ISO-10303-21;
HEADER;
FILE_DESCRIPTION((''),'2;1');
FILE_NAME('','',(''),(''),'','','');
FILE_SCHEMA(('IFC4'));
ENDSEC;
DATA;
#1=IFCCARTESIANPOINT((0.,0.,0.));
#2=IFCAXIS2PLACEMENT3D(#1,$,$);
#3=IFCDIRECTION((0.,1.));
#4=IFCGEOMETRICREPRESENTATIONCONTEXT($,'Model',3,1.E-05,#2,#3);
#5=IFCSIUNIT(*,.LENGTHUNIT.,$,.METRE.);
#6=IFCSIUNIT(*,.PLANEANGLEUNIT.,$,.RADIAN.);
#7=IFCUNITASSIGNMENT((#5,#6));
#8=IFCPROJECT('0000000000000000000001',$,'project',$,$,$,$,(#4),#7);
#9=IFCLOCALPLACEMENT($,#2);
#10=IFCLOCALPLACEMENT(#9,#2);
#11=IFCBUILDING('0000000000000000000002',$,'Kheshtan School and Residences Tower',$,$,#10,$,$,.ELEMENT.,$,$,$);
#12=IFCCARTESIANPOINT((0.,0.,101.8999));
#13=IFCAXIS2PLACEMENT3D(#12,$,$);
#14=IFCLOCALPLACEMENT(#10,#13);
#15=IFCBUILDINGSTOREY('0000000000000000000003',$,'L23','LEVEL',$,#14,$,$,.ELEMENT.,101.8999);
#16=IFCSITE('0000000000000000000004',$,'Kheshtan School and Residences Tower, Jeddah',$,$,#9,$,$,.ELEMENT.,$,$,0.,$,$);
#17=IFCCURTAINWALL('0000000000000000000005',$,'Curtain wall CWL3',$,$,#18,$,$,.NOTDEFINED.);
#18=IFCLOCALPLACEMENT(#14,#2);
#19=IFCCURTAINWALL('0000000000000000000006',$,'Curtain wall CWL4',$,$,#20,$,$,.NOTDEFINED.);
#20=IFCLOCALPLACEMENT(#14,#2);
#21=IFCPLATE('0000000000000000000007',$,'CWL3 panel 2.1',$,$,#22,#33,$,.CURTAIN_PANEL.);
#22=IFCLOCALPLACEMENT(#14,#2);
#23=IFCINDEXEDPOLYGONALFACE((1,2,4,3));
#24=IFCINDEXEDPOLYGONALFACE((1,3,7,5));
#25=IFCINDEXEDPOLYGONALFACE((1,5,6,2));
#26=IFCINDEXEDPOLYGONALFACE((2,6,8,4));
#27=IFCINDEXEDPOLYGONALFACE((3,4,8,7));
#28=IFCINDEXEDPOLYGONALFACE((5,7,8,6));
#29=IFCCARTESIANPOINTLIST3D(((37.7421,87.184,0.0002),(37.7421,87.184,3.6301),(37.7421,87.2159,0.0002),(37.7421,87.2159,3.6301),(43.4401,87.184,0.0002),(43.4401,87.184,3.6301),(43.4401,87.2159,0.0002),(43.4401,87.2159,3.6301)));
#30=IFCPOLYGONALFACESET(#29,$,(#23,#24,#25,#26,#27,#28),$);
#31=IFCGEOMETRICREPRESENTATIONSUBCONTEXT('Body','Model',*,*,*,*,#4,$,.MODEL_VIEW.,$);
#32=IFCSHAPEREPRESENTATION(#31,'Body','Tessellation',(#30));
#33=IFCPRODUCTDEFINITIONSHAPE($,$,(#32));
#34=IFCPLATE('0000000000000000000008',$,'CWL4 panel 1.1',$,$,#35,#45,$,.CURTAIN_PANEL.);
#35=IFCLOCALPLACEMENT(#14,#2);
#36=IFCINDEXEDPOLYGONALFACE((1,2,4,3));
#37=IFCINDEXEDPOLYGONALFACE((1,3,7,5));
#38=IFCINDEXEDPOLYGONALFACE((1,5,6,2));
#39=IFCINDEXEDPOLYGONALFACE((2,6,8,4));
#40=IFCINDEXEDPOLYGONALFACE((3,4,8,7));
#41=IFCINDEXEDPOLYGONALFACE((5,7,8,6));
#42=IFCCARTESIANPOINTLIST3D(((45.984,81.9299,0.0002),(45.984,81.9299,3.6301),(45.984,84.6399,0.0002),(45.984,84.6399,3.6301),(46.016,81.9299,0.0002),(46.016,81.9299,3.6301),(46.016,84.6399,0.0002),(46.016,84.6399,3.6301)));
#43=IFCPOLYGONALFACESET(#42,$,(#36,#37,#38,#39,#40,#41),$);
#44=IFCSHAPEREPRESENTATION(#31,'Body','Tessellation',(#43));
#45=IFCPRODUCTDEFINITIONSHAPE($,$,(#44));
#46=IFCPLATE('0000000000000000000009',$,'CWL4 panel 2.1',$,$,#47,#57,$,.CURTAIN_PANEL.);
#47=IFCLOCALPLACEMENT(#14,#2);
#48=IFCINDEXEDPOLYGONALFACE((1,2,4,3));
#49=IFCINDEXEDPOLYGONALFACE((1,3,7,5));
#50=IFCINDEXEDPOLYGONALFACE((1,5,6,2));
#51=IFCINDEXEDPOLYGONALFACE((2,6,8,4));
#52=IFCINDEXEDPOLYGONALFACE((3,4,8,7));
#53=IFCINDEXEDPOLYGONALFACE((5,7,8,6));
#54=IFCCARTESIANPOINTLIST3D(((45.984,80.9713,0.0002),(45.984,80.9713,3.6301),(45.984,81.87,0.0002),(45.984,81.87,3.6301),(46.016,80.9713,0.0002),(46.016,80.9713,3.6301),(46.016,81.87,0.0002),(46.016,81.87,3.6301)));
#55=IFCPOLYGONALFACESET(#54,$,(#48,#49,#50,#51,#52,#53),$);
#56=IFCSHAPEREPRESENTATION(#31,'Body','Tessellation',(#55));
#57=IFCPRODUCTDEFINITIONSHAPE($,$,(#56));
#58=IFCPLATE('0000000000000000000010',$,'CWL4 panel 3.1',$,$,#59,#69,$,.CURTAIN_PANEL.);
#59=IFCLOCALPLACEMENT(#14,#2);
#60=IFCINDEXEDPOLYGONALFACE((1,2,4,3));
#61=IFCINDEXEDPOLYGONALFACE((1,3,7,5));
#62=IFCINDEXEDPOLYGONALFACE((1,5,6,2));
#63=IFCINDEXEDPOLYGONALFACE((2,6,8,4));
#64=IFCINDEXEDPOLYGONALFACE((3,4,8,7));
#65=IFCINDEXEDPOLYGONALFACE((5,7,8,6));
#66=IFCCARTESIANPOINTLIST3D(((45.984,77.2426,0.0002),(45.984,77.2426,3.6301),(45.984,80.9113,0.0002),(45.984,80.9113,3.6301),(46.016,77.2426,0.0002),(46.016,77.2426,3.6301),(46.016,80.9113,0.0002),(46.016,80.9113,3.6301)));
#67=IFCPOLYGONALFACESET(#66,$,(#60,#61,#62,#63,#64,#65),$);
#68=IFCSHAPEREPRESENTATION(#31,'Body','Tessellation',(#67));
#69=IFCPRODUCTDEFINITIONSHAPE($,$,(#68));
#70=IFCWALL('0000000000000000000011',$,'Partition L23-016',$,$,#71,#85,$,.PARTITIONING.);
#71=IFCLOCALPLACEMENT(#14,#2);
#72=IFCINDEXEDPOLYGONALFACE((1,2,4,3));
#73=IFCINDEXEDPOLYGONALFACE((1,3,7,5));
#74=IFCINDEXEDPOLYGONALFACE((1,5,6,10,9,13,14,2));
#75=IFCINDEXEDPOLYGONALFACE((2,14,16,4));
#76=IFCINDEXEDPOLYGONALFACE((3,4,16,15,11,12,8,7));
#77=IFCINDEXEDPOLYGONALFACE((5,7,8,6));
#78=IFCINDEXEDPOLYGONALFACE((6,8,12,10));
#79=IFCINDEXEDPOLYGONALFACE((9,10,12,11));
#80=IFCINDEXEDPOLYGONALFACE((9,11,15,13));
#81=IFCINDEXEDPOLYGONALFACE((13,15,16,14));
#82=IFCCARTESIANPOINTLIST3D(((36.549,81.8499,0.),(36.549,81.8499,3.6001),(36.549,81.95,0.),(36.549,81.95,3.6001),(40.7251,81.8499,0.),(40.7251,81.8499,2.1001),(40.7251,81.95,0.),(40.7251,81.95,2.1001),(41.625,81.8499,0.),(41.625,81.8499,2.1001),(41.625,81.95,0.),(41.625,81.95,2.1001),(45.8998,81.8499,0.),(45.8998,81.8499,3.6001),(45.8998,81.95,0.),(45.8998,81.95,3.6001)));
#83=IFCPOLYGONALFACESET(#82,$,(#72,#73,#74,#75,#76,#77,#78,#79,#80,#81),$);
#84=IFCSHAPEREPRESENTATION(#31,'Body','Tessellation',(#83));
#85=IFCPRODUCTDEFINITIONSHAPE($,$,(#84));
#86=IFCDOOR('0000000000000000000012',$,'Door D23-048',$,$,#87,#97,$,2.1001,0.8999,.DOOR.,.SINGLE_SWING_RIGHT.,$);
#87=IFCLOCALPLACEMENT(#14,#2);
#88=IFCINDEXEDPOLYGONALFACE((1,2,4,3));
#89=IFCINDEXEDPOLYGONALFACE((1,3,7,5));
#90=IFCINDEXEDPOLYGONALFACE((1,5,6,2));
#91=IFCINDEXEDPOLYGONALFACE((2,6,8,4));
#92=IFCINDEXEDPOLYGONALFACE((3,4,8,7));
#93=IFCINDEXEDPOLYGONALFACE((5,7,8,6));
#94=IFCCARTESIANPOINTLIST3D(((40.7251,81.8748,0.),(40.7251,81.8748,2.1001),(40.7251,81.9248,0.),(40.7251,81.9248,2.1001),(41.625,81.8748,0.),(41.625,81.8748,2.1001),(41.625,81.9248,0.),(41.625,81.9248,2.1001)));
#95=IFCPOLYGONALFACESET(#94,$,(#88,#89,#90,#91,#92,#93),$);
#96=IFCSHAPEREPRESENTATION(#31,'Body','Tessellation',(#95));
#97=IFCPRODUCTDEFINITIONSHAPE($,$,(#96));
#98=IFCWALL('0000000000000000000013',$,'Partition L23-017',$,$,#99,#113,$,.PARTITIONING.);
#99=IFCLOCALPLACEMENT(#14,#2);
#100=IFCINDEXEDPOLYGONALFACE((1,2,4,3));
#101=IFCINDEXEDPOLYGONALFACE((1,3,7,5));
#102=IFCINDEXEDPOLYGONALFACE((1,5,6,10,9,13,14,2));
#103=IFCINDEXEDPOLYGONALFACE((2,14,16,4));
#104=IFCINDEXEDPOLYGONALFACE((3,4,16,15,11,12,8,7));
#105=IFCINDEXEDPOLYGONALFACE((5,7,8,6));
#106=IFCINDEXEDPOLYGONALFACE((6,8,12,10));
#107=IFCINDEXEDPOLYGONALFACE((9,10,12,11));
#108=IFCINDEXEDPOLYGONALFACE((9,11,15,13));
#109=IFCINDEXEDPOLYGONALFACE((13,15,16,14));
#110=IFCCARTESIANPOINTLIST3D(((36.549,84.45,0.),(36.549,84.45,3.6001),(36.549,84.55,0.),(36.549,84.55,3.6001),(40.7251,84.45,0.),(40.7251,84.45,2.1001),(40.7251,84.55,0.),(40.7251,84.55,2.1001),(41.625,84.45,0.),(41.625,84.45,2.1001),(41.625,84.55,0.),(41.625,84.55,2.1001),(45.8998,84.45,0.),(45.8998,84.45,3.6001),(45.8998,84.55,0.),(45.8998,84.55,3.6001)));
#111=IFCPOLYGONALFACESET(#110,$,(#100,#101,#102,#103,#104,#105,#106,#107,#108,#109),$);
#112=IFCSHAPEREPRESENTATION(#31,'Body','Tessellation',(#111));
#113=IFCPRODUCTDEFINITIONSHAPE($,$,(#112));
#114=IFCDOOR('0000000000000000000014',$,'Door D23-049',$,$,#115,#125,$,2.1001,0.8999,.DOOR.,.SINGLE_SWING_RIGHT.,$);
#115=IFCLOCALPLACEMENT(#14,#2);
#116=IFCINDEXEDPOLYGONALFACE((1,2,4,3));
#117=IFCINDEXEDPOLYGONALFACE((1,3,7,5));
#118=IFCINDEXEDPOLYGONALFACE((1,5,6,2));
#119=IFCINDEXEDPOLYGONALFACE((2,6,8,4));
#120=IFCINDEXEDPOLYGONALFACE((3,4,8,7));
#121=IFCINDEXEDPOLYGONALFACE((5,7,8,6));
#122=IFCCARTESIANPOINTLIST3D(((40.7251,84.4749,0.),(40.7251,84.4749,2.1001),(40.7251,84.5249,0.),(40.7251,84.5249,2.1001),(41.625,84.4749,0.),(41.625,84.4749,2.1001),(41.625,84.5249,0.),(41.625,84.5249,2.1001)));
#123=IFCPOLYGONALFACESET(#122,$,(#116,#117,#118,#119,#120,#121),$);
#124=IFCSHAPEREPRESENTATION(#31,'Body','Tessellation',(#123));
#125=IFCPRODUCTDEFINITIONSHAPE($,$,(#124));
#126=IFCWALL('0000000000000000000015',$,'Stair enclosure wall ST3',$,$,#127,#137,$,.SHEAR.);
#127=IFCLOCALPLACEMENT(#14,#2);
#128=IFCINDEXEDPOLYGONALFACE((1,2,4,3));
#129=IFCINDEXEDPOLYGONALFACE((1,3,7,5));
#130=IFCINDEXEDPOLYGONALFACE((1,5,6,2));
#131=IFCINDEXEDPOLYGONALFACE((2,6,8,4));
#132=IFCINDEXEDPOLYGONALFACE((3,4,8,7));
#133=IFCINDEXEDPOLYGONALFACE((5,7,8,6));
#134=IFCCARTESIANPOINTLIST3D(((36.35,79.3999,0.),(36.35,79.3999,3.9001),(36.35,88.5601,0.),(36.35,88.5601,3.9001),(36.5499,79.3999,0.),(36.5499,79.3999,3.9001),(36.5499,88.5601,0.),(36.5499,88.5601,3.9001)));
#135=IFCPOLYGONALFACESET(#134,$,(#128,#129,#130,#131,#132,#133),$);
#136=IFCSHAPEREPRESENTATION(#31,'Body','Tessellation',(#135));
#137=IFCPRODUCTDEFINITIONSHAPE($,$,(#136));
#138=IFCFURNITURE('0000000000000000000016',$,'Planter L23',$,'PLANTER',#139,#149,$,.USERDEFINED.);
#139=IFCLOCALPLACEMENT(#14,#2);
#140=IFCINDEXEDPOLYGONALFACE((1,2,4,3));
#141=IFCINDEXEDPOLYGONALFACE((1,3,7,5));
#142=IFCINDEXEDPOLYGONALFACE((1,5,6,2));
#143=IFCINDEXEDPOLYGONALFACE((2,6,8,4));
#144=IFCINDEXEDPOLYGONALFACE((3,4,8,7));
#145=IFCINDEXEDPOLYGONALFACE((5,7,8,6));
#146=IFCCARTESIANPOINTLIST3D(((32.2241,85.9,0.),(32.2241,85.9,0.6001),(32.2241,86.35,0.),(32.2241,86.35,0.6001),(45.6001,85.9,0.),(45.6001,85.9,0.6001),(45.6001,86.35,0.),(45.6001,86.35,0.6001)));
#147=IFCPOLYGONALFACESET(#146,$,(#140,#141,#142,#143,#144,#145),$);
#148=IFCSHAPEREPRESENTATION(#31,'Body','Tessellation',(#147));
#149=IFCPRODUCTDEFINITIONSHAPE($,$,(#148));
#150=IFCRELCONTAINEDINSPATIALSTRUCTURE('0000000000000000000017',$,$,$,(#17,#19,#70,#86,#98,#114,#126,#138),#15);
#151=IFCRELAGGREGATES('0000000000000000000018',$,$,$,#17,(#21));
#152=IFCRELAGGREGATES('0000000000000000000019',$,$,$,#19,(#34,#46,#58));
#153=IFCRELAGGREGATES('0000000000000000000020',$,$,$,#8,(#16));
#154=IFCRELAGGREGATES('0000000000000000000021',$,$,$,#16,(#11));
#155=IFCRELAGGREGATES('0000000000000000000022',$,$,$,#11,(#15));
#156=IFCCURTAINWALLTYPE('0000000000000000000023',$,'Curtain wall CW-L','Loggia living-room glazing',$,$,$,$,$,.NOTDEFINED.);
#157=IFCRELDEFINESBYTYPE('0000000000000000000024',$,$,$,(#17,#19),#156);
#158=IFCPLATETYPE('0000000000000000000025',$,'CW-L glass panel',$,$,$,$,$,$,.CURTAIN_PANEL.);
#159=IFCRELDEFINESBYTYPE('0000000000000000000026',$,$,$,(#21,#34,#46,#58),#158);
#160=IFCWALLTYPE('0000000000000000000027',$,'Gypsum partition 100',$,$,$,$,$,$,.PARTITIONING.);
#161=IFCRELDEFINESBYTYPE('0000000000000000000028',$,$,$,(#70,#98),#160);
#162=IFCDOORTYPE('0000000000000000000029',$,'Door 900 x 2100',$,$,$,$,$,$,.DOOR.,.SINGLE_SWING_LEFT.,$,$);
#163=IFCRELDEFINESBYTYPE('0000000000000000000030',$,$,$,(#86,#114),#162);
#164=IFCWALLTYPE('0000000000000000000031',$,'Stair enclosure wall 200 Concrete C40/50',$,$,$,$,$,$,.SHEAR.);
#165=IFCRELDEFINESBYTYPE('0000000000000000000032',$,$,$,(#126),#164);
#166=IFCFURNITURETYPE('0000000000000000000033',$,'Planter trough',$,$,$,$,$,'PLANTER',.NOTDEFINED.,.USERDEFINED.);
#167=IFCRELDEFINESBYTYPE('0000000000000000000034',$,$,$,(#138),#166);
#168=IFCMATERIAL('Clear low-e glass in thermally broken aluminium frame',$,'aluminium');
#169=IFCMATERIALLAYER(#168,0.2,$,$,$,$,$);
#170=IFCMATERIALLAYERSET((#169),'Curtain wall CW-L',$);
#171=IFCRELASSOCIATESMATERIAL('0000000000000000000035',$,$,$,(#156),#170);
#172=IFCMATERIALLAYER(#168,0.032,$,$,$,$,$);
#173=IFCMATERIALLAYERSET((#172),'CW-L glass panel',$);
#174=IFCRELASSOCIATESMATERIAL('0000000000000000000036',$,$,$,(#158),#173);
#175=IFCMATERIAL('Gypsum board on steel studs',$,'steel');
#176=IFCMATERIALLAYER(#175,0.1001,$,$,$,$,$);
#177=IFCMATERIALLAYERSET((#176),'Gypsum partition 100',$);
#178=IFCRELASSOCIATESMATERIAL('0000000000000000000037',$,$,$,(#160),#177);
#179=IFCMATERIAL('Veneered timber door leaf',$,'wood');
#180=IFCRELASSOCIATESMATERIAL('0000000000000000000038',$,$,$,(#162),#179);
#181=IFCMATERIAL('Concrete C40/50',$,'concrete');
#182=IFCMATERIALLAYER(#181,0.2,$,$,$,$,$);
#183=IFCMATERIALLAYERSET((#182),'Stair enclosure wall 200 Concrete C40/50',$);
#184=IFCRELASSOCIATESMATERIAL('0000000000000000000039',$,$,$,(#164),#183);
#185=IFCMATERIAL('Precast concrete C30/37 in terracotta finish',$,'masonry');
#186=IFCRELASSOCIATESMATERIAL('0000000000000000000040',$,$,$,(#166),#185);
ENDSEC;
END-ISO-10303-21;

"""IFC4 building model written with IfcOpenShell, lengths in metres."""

from ifc_helpers import new_model, si_unit, direction, frame, frame_2d, origin, origin_2d, place, context, subcontext, project, spatial, rectangle, extrude, source, transform, mapped, material, layer, layer_set, type_object, element, fill, aggregate, save


model = new_model("IFC4")

# Units and contexts
model_context = context("Model", 3, precision=1e-05, world=origin(), true_north=direction((0.0, 1.0)))
body_context = subcontext(model_context, "Body", "Model", "MODEL_VIEW")
ifc_project = project(units=[si_unit("LENGTHUNIT", "METRE"), si_unit("PLANEANGLEUNIT", "RADIAN")], contexts=[model_context])

# Site, building, storey
site_placement = place(None, origin())
site = spatial("IfcSite", under=ifc_project, at=site_placement, Name="Kheshtan School and Residences Tower, Jeddah", CompositionType="ELEMENT", RefElevation=0.0)
building_placement = place(site_placement, origin())
building = spatial("IfcBuilding", under=site, at=building_placement, Name="Kheshtan School and Residences Tower", CompositionType="ELEMENT")
storey_placement = place(building_placement, frame((0.0, 0.0, 101.8999)))
storey = spatial("IfcBuildingStorey", under=building, at=storey_placement, Name="L23", Description="LEVEL", CompositionType="ELEMENT", Elevation=101.8999)

# Curtain walls
ifc_material_1 = material(Name="Clear low-e glass in thermally broken aluminium frame", Category="aluminium")
ifc_layer_1 = layer(ifc_material_1, 0.2)
ifc_layer_set_1 = layer_set([ifc_layer_1], Name="Curtain wall CW-L")
curtain_wall_type = type_object("IfcCurtainWallType", Name="Curtain wall CW-L", Description="Loggia living-room glazing", PredefinedType="NOTDEFINED", material=ifc_layer_set_1)
curtain_wall_1_placement = place(storey_placement, origin())
curtain_wall_1 = element("IfcCurtainWall", 1, at=curtain_wall_1_placement, inside=storey, type_object=curtain_wall_type, Name="Curtain wall CWL3", PredefinedType="NOTDEFINED")
curtain_wall_2_placement = place(storey_placement, origin())
curtain_wall_2 = element("IfcCurtainWall", 2, at=curtain_wall_2_placement, inside=storey, type_object=curtain_wall_type, Name="Curtain wall CWL4", PredefinedType="NOTDEFINED")

# Plates
ifc_layer_2 = layer(ifc_material_1, 0.032)
ifc_layer_set_2 = layer_set([ifc_layer_2], Name="CW-L glass panel")
plate_type = type_object("IfcPlateType", Name="CW-L glass panel", PredefinedType="CURTAIN_PANEL", material=ifc_layer_set_2)
plate_1_placement = place(storey_placement, frame((40.5911, 87.2, 0.0002), z_axis=(0.0, 0.0, 1.0), x_axis=(1.0, 0.0, 0.0)))
plate_1 = element("IfcPlate", 3, at=plate_1_placement, type_object=plate_type, Name="CWL3 panel 2.1", PredefinedType="CURTAIN_PANEL", context=body_context, shape_type="SweptSolid", body=[
    extrude(rectangle(XDim=5.698, YDim=0.032, at=origin_2d()), origin(), (0.0, 0.0, 1.0), 3.6299),
])
aggregate(curtain_wall_1, [plate_1])
plate_2_placement = place(storey_placement, frame((46.0, 83.2849, 0.0002), z_axis=(0.0, 0.0, 1.0), x_axis=(0.0, -1.0, 0.0)))
plate_2 = element("IfcPlate", 4, at=plate_2_placement, type_object=plate_type, Name="CWL4 panel 1.1", PredefinedType="CURTAIN_PANEL", context=body_context, shape_type="SweptSolid", body=[
    extrude(rectangle(XDim=2.71, YDim=0.032, at=origin_2d()), origin(), (0.0, 0.0, 1.0), 3.6299),
])
plate_3_placement = place(storey_placement, frame((46.0, 81.4207, 0.0002), z_axis=(0.0, 0.0, 1.0), x_axis=(0.0, -1.0, 0.0)))
plate_3 = element("IfcPlate", 5, at=plate_3_placement, type_object=plate_type, Name="CWL4 panel 2.1", PredefinedType="CURTAIN_PANEL", context=body_context, shape_type="SweptSolid", body=[
    extrude(rectangle(XDim=0.8987, YDim=0.032, at=origin_2d()), origin(), (0.0, 0.0, 1.0), 3.6299),
])
plate_4_placement = place(storey_placement, frame((46.0, 79.0769, 0.0002), z_axis=(0.0, 0.0, 1.0), x_axis=(0.0, -1.0, 0.0)))
plate_4 = element("IfcPlate", 6, at=plate_4_placement, type_object=plate_type, Name="CWL4 panel 3.1", PredefinedType="CURTAIN_PANEL", context=body_context, shape_type="SweptSolid", body=[
    extrude(rectangle(XDim=3.6687, YDim=0.032, at=origin_2d()), origin(), (0.0, 0.0, 1.0), 3.6299),
])
aggregate(curtain_wall_2, [plate_2, plate_3, plate_4])

# Walls, openings, doors
ifc_material_2 = material(Name="Gypsum board on steel studs", Category="steel")
ifc_layer_3 = layer(ifc_material_2, 0.1001)
ifc_layer_set_3 = layer_set([ifc_layer_3], Name="Gypsum partition 100")
wall_type_1 = type_object("IfcWallType", Name="Gypsum partition 100", PredefinedType="PARTITIONING", material=ifc_layer_set_3)
wall_1_placement = place(storey_placement, frame((36.5491, 81.8999, 0.0), z_axis=(0.0, 0.0, 1.0), x_axis=(1.0, 0.0, 0.0)))
wall_1 = element("IfcWall", 7, at=wall_1_placement, inside=storey, type_object=wall_type_1, Name="Partition L23-016", PredefinedType="PARTITIONING", context=body_context, shape_type="SweptSolid", body=[
    extrude(rectangle(XDim=9.3508, YDim=0.1001, at=frame_2d((4.6753, 0.0))), origin(), (0.0, 0.0, 1.0), 3.6001),
])
opening_1_placement = place(wall_1_placement, frame((4.176, 0.0, 0.0)))
opening_1 = element("IfcOpeningElement", 8, at=opening_1_placement, cuts=wall_1, PredefinedType="OPENING", context=body_context, shape_type="SweptSolid", body=[
    extrude(rectangle(XDim=0.8999, YDim=2.1001, at=frame_2d((0.45, 1.05))), frame((0.0, 0.0601, 0.0), z_axis=(0.0, -1.0, 0.0), x_axis=(1.0, 0.0, 0.0)), (0.0, 0.0, 1.0), 0.1201),
])
ifc_material_3 = material(Name="Veneered timber door leaf", Category="wood")
door_type_1 = type_object("IfcDoorType", Name="Door 900 x 2100", OperationType="SINGLE_SWING_LEFT", PredefinedType="DOOR", material=ifc_material_3)
shared_shape_1 = source(origin(), body_context, "Body", "SweptSolid", [
    extrude(rectangle(XDim=0.8999, YDim=2.1001, at=frame_2d((0.45, 1.05))), frame((0.0, 0.0249, 0.0), z_axis=(0.0, -1.0, 0.0), x_axis=(1.0, 0.0, 0.0)), (0.0, 0.0, 1.0), 0.05),
])
door_1_placement = place(opening_1_placement, origin())
door_1 = element("IfcDoor", 9, at=door_1_placement, inside=storey, type_object=door_type_1, Name="Door D23-048", OperationType="SINGLE_SWING_RIGHT", OverallHeight=2.1001, OverallWidth=0.8999, PredefinedType="DOOR", context=body_context, shape_type="MappedRepresentation", body=[
    mapped(shared_shape_1, transform((0.0, 0.0, 0.0), x_axis=(1.0, 0.0, 0.0), y_axis=(0.0, 1.0, 0.0), z_axis=(0.0, 0.0, 1.0), scale=1.0)),
])
fill(opening_1, door_1)
wall_2_placement = place(storey_placement, frame((36.5491, 84.5, 0.0), z_axis=(0.0, 0.0, 1.0), x_axis=(1.0, 0.0, 0.0)))
wall_2 = element("IfcWall", 10, at=wall_2_placement, inside=storey, type_object=wall_type_1, Name="Partition L23-017", PredefinedType="PARTITIONING", context=body_context, shape_type="SweptSolid", body=[
    extrude(rectangle(XDim=9.3508, YDim=0.1001, at=frame_2d((4.6753, 0.0))), origin(), (0.0, 0.0, 1.0), 3.6001),
])
opening_2_placement = place(wall_2_placement, frame((4.176, 0.0, 0.0)))
opening_2 = element("IfcOpeningElement", 11, at=opening_2_placement, cuts=wall_2, PredefinedType="OPENING", context=body_context, shape_type="SweptSolid", body=[
    extrude(rectangle(XDim=0.8999, YDim=2.1001, at=frame_2d((0.45, 1.05))), frame((0.0, 0.0601, 0.0), z_axis=(0.0, -1.0, 0.0), x_axis=(1.0, 0.0, 0.0)), (0.0, 0.0, 1.0), 0.1201),
])
door_2_placement = place(opening_2_placement, origin())
door_2 = element("IfcDoor", 12, at=door_2_placement, inside=storey, type_object=door_type_1, Name="Door D23-049", OperationType="SINGLE_SWING_RIGHT", OverallHeight=2.1001, OverallWidth=0.8999, PredefinedType="DOOR", context=body_context, shape_type="MappedRepresentation", body=[
    mapped(shared_shape_1, transform((0.0, 0.0, 0.0), x_axis=(1.0, 0.0, 0.0), y_axis=(0.0, 1.0, 0.0), z_axis=(0.0, 0.0, 1.0), scale=1.0)),
])
fill(opening_2, door_2)

# Wall
ifc_material_4 = material(Name="Concrete C40/50", Category="concrete")
ifc_layer_4 = layer(ifc_material_4, 0.2)
ifc_layer_set_4 = layer_set([ifc_layer_4], Name="Stair enclosure wall 200 Concrete C40/50")
wall_type_2 = type_object("IfcWallType", Name="Stair enclosure wall 200 Concrete C40/50", PredefinedType="SHEAR", material=ifc_layer_set_4)
wall_3_placement = place(storey_placement, frame((36.45, 79.3999, 0.0), z_axis=(0.0, 0.0, 1.0), x_axis=(0.0, 1.0, 0.0)))
element("IfcWall", 13, at=wall_3_placement, inside=storey, type_object=wall_type_2, Name="Stair enclosure wall ST3", PredefinedType="SHEAR", context=body_context, shape_type="SweptSolid", body=[
    extrude(rectangle(XDim=9.1602, YDim=0.2, at=frame_2d((4.5801, 0.0))), origin(), (0.0, 0.0, 1.0), 3.9001),
])

# Furniture
ifc_material_5 = material(Name="Precast concrete C30/37 in terracotta finish", Category="masonry")
furniture_type = type_object("IfcFurnitureType", Name="Planter trough", ElementType="PLANTER", AssemblyPlace="NOTDEFINED", PredefinedType="USERDEFINED", material=ifc_material_5)
furniture_placement = place(storey_placement, frame((38.9121, 86.125, 0.0), z_axis=(0.0, 0.0, 1.0), x_axis=(1.0, 0.0, 0.0)))
element("IfcFurniture", 14, at=furniture_placement, inside=storey, type_object=furniture_type, Name="Planter L23", ObjectType="PLANTER", PredefinedType="USERDEFINED", context=body_context, shape_type="SweptSolid", body=[
    extrude(rectangle(XDim=13.376, YDim=0.45, at=origin_2d()), origin(), (0.0, 0.0, 1.0), 0.6001),
])

save(model, "model.ifc")
